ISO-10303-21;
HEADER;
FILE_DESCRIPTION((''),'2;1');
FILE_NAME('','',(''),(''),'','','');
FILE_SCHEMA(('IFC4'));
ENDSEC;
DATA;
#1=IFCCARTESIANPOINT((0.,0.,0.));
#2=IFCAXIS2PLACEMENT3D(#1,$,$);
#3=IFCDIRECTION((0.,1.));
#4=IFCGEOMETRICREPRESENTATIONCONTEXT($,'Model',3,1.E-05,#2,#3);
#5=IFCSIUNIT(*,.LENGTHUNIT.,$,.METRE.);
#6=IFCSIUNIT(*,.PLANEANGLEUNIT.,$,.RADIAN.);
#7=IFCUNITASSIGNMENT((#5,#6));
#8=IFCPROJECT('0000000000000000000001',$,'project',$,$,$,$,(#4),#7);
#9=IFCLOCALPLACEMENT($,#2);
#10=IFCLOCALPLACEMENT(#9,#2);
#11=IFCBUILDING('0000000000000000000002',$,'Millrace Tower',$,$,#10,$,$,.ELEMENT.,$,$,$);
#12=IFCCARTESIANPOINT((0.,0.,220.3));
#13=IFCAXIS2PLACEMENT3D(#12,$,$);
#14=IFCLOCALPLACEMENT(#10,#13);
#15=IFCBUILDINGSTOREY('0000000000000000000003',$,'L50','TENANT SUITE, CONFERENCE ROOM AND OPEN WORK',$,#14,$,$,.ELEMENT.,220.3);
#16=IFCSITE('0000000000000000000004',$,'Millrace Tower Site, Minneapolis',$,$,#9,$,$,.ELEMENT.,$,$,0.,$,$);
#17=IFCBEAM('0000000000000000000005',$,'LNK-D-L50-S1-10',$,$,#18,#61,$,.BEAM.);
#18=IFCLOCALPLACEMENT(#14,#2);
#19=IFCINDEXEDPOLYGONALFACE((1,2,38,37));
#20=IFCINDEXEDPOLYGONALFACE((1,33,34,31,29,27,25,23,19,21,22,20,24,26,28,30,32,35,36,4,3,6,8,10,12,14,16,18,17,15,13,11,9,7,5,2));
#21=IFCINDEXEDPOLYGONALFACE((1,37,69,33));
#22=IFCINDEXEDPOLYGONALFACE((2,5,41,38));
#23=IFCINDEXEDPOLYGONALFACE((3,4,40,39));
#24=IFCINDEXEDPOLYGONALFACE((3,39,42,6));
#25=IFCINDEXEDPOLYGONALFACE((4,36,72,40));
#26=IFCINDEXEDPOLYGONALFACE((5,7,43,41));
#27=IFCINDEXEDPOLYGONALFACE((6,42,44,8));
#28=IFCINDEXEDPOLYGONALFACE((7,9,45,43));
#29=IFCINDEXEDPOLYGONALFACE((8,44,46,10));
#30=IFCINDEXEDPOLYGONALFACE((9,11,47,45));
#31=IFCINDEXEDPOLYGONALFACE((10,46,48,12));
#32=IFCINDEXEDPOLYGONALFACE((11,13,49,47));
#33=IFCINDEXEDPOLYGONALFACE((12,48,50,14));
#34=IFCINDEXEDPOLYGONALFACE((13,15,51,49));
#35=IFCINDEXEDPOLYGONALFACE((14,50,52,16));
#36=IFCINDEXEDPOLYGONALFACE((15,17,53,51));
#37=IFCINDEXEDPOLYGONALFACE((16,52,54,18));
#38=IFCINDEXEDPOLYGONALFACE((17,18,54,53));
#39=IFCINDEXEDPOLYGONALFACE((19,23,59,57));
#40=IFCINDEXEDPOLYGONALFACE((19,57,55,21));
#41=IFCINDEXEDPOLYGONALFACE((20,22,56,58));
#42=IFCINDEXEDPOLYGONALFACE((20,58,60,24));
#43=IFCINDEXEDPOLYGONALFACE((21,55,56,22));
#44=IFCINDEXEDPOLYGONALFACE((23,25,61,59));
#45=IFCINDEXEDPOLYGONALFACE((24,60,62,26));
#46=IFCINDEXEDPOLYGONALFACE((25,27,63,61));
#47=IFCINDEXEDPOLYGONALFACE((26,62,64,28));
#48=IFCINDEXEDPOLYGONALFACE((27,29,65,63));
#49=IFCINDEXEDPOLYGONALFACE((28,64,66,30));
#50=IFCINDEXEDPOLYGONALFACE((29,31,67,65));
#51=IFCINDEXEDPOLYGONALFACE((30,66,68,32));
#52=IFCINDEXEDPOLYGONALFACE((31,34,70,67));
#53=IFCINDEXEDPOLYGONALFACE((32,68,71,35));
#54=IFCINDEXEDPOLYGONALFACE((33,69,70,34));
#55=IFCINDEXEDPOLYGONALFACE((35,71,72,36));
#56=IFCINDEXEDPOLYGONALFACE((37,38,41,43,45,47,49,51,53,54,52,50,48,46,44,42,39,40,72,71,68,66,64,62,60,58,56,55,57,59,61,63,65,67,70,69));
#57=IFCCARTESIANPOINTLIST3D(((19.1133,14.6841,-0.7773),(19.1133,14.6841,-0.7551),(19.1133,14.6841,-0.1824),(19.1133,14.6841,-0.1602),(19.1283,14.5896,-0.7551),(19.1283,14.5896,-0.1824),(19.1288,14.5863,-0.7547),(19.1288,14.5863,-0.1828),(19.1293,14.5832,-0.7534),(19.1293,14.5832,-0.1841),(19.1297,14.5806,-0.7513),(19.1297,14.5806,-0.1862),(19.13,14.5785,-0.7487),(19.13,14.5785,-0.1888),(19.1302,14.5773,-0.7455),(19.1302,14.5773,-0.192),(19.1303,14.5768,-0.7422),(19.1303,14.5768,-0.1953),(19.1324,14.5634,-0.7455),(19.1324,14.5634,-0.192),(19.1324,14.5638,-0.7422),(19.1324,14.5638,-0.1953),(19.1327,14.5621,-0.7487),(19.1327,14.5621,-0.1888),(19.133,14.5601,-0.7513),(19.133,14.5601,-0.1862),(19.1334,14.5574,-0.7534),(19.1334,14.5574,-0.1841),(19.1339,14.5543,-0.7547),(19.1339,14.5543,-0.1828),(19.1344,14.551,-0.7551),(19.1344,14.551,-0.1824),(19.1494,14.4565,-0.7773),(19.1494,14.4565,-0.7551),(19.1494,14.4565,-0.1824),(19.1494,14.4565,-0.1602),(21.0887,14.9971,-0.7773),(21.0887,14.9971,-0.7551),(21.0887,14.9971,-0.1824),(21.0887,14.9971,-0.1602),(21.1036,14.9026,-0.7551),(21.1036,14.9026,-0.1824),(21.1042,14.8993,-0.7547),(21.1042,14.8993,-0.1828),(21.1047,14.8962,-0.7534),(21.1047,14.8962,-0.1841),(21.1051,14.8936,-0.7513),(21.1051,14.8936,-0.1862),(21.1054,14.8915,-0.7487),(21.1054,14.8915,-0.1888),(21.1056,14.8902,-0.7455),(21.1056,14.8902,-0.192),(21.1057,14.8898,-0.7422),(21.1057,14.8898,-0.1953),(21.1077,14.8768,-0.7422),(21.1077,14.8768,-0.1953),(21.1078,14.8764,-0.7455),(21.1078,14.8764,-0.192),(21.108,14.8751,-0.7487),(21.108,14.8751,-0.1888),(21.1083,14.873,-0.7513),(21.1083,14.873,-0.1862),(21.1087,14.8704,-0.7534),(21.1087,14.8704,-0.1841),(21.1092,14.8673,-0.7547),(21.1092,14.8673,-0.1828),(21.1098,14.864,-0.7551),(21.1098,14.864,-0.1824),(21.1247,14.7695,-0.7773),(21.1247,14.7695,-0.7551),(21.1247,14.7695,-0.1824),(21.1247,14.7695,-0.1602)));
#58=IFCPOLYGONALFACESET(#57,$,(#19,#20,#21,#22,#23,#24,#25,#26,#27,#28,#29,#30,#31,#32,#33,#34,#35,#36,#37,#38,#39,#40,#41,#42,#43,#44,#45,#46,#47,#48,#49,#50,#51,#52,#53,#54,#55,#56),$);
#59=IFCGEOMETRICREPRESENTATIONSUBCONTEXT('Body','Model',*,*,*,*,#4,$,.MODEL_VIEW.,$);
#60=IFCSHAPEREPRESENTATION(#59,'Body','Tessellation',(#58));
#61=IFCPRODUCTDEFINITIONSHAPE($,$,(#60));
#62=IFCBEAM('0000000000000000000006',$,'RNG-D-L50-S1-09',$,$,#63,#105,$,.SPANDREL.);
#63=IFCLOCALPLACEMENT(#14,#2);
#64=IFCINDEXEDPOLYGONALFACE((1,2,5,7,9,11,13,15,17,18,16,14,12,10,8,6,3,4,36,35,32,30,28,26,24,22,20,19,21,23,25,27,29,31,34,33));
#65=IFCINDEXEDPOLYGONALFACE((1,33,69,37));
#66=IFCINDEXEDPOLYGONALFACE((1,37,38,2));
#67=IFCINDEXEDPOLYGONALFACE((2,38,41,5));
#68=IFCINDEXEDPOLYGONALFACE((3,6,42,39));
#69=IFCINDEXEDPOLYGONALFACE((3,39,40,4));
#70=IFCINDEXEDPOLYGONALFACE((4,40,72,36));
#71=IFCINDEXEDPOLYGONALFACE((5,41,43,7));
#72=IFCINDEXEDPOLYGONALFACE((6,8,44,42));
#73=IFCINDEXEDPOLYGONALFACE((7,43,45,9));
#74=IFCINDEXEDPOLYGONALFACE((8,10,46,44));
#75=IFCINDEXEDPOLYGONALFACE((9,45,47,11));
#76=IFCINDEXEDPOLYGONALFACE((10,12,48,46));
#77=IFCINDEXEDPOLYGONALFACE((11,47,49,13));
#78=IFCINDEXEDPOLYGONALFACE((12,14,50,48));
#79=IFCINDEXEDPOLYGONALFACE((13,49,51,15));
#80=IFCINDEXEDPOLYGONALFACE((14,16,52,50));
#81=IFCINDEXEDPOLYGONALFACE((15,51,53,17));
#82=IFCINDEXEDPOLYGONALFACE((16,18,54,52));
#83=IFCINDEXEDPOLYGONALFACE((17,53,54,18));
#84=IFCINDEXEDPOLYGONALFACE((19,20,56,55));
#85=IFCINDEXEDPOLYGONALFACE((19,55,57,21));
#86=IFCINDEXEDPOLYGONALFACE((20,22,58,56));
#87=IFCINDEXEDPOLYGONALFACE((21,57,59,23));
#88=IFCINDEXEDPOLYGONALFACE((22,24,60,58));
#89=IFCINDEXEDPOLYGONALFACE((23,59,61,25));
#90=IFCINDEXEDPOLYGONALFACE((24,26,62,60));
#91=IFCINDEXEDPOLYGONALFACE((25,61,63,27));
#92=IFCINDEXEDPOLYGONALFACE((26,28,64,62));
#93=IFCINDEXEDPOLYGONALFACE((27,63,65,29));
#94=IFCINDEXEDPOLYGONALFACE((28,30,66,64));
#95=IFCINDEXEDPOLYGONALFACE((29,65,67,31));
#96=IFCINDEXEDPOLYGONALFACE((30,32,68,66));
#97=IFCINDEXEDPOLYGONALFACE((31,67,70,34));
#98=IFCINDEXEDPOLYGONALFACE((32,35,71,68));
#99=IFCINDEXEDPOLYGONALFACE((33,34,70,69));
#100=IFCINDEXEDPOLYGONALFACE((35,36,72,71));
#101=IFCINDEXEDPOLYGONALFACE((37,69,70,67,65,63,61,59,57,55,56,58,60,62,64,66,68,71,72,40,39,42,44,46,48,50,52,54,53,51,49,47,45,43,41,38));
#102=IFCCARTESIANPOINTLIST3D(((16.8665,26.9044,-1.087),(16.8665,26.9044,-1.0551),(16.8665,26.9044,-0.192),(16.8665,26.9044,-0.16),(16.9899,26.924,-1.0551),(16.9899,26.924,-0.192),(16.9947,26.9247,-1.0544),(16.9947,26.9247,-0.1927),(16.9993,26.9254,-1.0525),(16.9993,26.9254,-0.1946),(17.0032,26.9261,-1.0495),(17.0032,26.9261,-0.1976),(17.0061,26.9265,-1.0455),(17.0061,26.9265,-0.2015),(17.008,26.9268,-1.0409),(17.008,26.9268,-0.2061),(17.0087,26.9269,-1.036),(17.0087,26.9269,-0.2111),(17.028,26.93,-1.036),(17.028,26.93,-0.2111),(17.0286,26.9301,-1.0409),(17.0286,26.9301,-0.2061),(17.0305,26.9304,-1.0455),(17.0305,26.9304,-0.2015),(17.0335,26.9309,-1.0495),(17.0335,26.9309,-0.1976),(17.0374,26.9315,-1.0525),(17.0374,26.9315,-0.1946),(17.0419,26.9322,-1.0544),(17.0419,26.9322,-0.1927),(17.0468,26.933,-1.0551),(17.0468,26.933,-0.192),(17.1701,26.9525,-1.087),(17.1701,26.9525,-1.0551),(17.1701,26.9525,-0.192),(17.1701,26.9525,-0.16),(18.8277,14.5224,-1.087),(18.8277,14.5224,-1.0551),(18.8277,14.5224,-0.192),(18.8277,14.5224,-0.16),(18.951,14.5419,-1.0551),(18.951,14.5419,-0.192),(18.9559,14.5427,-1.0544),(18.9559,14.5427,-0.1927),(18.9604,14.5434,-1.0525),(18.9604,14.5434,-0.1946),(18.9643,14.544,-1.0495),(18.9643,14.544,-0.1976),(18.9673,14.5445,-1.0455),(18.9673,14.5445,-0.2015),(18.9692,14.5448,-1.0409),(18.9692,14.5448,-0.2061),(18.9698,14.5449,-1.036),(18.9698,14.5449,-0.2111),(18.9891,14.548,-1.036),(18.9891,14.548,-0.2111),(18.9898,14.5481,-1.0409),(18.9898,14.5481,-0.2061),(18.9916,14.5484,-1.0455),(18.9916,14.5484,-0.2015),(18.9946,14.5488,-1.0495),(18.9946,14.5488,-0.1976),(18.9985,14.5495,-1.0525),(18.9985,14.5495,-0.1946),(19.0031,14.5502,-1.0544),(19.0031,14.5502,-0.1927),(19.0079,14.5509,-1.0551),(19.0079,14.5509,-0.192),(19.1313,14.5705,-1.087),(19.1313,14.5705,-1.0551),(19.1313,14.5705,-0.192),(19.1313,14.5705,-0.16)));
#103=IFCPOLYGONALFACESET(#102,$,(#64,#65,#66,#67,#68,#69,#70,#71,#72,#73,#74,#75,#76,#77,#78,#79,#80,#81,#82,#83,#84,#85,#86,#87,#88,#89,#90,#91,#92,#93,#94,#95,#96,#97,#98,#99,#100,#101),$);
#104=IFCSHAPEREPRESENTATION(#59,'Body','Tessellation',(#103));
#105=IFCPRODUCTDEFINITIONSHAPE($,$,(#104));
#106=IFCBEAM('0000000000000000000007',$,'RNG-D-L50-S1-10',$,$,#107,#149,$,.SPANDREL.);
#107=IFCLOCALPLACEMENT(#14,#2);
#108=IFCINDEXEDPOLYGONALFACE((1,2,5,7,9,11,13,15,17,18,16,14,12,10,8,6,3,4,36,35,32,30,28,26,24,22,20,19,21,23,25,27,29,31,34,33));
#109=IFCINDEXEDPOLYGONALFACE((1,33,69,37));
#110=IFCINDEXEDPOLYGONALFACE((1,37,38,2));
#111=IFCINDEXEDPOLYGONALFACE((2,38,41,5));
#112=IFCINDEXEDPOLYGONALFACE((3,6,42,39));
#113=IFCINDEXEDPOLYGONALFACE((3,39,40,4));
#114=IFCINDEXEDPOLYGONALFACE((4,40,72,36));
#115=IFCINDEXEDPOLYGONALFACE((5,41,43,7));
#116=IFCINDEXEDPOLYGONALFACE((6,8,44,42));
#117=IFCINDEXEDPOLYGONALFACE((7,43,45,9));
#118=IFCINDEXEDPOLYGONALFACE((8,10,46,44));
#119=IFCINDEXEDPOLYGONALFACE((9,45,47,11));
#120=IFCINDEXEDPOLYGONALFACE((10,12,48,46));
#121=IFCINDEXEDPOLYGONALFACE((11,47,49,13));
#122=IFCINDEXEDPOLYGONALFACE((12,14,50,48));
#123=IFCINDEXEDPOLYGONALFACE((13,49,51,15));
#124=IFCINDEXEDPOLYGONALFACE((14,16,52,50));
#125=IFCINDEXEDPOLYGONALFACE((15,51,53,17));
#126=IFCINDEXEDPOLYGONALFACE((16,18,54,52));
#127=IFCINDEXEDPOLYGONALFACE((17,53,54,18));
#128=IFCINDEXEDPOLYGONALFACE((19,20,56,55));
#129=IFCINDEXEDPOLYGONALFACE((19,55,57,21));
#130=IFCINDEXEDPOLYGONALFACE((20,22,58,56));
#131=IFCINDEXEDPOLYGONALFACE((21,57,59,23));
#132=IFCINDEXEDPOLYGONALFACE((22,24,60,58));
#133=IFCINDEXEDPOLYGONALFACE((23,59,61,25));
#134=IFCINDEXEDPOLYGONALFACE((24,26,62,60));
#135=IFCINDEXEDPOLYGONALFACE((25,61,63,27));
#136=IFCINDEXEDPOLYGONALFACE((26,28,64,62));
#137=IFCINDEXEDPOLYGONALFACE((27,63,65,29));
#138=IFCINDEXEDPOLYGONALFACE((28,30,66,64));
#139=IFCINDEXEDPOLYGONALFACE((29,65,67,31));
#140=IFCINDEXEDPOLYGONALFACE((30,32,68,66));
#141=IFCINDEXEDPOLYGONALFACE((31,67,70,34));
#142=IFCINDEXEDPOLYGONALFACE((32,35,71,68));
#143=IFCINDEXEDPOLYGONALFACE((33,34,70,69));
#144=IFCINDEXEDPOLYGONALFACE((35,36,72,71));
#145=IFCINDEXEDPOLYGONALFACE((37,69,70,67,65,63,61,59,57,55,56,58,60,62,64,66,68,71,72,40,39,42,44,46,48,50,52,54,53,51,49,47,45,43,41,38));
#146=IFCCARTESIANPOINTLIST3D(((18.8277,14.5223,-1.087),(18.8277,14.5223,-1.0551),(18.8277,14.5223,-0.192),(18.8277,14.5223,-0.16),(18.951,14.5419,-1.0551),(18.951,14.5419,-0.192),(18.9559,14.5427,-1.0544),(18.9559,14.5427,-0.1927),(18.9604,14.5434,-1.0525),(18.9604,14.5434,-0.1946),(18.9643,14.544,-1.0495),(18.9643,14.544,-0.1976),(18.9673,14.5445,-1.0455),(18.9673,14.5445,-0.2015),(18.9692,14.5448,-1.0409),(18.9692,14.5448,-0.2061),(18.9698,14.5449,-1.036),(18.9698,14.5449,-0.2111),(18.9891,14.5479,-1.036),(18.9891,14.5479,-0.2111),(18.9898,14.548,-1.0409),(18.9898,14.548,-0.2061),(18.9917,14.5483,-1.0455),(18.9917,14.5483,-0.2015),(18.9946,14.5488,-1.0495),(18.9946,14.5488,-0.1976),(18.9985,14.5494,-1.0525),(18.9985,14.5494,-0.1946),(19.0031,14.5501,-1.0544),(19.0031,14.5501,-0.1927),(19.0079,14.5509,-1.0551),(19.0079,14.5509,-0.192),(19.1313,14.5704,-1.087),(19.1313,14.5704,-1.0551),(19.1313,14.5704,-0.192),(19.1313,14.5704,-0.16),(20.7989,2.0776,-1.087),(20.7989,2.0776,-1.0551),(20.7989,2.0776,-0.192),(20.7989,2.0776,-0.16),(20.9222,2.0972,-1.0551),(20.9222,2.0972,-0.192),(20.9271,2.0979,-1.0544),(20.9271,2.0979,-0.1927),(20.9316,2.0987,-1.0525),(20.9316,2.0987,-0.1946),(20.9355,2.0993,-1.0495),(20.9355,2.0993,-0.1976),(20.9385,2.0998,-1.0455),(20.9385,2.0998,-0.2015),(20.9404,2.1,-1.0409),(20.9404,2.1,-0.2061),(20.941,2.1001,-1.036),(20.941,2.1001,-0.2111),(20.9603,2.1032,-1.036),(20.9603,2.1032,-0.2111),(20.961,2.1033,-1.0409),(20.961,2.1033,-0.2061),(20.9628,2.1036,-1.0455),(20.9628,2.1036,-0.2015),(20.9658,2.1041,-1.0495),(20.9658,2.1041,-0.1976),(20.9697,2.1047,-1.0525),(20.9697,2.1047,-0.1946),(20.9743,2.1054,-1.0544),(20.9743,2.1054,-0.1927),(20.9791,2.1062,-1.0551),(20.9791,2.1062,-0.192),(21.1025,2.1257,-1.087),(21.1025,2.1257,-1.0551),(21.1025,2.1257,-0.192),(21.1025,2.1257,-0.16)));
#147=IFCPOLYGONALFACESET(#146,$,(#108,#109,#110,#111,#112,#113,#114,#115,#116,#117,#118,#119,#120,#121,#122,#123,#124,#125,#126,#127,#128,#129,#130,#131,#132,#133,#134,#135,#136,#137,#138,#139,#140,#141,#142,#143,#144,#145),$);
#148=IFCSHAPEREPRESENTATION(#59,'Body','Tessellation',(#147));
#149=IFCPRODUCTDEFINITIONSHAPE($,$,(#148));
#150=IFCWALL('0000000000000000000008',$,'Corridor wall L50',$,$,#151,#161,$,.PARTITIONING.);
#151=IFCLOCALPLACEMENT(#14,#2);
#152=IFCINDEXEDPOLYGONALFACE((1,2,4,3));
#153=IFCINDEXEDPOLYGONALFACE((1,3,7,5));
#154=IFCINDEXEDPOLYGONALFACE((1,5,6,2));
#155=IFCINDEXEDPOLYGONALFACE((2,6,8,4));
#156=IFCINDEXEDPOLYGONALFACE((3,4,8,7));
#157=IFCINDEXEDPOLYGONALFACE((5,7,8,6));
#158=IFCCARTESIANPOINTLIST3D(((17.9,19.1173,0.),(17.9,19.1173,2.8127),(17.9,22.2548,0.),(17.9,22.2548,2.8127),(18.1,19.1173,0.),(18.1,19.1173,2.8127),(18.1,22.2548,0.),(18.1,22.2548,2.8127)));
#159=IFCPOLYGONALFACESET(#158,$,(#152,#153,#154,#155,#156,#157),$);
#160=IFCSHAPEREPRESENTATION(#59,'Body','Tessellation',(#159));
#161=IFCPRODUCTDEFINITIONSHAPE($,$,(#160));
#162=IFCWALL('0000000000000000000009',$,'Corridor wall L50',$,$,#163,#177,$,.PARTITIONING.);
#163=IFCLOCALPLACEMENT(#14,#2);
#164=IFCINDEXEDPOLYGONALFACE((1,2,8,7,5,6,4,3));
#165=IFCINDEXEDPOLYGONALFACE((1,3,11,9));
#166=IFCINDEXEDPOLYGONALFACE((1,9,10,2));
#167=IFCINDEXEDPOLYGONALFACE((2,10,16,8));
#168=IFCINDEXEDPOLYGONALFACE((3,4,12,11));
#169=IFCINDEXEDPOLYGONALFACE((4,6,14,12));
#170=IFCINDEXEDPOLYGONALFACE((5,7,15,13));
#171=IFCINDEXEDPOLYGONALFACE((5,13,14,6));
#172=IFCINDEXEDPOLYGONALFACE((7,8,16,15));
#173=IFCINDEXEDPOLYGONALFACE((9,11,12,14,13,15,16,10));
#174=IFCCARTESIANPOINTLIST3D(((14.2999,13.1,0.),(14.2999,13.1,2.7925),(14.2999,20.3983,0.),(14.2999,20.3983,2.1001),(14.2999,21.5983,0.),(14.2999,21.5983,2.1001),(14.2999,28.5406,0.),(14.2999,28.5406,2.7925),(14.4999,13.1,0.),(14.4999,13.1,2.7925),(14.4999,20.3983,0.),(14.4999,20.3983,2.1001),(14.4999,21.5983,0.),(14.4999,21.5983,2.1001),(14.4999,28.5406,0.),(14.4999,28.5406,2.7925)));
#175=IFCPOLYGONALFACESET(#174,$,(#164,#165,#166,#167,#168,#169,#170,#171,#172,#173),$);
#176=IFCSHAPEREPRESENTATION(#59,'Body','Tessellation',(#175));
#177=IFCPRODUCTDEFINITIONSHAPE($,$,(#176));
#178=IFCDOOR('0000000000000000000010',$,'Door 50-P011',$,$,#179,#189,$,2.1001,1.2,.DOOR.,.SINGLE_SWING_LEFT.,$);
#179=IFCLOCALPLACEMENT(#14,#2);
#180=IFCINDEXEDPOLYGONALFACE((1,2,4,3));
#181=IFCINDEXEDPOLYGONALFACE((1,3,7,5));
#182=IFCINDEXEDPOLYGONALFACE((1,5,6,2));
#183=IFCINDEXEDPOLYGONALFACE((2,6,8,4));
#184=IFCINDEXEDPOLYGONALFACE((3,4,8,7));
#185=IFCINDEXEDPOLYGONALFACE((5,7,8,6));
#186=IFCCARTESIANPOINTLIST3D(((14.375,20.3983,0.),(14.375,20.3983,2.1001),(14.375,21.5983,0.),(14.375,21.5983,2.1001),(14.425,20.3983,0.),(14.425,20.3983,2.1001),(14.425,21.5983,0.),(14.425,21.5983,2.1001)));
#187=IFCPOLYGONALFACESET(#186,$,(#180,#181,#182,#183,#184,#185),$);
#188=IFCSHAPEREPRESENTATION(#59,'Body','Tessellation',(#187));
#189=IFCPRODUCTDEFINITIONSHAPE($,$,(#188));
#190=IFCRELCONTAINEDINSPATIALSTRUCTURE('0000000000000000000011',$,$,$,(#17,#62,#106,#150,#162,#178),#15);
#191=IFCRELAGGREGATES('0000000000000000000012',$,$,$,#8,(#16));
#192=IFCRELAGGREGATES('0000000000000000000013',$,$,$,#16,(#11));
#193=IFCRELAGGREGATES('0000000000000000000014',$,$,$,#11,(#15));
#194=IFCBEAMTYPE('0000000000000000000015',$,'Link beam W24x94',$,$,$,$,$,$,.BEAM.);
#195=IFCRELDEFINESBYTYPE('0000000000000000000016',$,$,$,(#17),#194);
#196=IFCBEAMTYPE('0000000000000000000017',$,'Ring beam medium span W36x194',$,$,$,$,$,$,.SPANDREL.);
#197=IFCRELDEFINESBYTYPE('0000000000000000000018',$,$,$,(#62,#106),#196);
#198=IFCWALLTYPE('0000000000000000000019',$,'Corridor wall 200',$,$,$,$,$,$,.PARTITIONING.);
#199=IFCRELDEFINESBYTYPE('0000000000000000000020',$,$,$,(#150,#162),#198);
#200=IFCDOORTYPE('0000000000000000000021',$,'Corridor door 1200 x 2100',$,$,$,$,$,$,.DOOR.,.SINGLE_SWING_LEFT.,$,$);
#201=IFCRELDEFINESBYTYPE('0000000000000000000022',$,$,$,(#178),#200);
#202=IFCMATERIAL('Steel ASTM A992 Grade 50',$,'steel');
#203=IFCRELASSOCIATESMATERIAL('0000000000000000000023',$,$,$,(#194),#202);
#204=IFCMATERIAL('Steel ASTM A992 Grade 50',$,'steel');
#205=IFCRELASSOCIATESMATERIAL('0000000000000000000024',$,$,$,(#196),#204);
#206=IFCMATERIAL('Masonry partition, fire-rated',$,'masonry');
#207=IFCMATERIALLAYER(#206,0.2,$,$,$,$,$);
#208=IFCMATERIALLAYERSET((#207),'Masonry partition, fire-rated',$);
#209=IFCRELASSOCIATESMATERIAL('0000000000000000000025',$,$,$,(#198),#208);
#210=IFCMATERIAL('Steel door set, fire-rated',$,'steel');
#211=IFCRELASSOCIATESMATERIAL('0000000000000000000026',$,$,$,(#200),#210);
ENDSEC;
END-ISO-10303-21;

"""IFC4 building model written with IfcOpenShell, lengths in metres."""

from ifc_helpers import new_model, si_unit, direction, frame, frame_2d, origin, origin_2d, place, context, subcontext, project, spatial, rectangle, i_section, extrude, material, layer, layer_set, material_profile, profile_set, type_object, element, fill, save


model = new_model("IFC4")

# Units and contexts
model_context = context("Model", 3, precision=1e-05, world=origin(), true_north=direction((0.0, 1.0)))
body_context = subcontext(model_context, "Body", "Model", "MODEL_VIEW")
ifc_project = project(units=[si_unit("LENGTHUNIT", "METRE"), si_unit("PLANEANGLEUNIT", "RADIAN")], contexts=[model_context])

# Site, building, storey
site_placement = place(None, origin())
site = spatial("IfcSite", under=ifc_project, at=site_placement, Name="Millrace Tower Site, Minneapolis", CompositionType="ELEMENT", RefElevation=0.0)
building_placement = place(site_placement, origin())
building = spatial("IfcBuilding", under=site, at=building_placement, Name="Millrace Tower", CompositionType="ELEMENT")
storey_placement = place(building_placement, frame((0.0, 0.0, 220.3)))
storey = spatial("IfcBuildingStorey", under=building, at=storey_placement, Name="L50", Description="TENANT SUITE, CONFERENCE ROOM AND OPEN WORK", CompositionType="ELEMENT", Elevation=220.3)

# Beams
ifc_material_1 = material(Name="Steel ASTM A992 Grade 50", Category="steel")
ifc_material_profile_1 = material_profile(ifc_material_1, i_section(OverallWidth=0.2305, OverallDepth=0.6172, WebThickness=0.0132, FlangeThickness=0.0222, FilletRadius=0.0129, at=origin_2d()))
ifc_profile_set_1 = profile_set([ifc_material_profile_1], Name="Steel ASTM A992 Grade 50")
beam_type_1 = type_object("IfcBeamType", Name="Link beam W24x94", PredefinedType="BEAM", material=ifc_profile_set_1)
beam_1_placement = place(storey_placement, frame((19.1313, 14.5703, -0.4688), z_axis=(0.987679, 0.156495, 0.0), x_axis=(-0.156495, 0.987679, 0.0)))
element("IfcBeam", 1, at=beam_1_placement, inside=storey, type_object=beam_type_1, Name="LNK-D-L50-S1-10", PredefinedType="BEAM", context=body_context, shape_type="SweptSolid", body=[
    extrude(i_section(OverallWidth=0.2305, OverallDepth=0.6172, WebThickness=0.0132, FlangeThickness=0.0222, FilletRadius=0.0129, at=origin_2d()), origin(), (0.0, 0.0, 1.0), 2.0),
])
ifc_material_2 = material(Name="Steel ASTM A992 Grade 50", Category="steel")
ifc_material_profile_2 = material_profile(ifc_material_2, i_section(OverallWidth=0.3074, OverallDepth=0.927, WebThickness=0.0195, FlangeThickness=0.032, FilletRadius=0.019, at=origin_2d()))
ifc_profile_set_2 = profile_set([ifc_material_profile_2], Name="Steel ASTM A992 Grade 50")
beam_type_2 = type_object("IfcBeamType", Name="Ring beam medium span W36x194", PredefinedType="SPANDREL", material=ifc_profile_set_2)
beam_2_placement = place(storey_placement, frame((17.0183, 26.9285, -0.6235), z_axis=(0.156439, -0.987688, 0.0), x_axis=(0.987688, 0.156439, 0.0)))
element("IfcBeam", 2, at=beam_2_placement, inside=storey, type_object=beam_type_2, Name="RNG-D-L50-S1-09", PredefinedType="SPANDREL", context=body_context, shape_type="SweptSolid", body=[
    extrude(i_section(OverallWidth=0.3074, OverallDepth=0.927, WebThickness=0.0195, FlangeThickness=0.032, FilletRadius=0.019, at=origin_2d()), origin(), (0.0, 0.0, 1.0), 12.5364),
])
beam_3_placement = place(storey_placement, frame((18.9795, 14.5464, -0.6235), z_axis=(0.156444, -0.987687, 0.0), x_axis=(0.987687, 0.156444, 0.0)))
element("IfcBeam", 3, at=beam_3_placement, inside=storey, type_object=beam_type_2, Name="RNG-D-L50-S1-10", PredefinedType="SPANDREL", context=body_context, shape_type="SweptSolid", body=[
    extrude(i_section(OverallWidth=0.3074, OverallDepth=0.927, WebThickness=0.0195, FlangeThickness=0.032, FilletRadius=0.019, at=origin_2d()), origin(), (0.0, 0.0, 1.0), 12.5999),
])

# Wall
ifc_material_3 = material(Name="Masonry partition, fire-rated", Category="masonry")
ifc_layer_1 = layer(ifc_material_3, 0.2)
ifc_layer_set_1 = layer_set([ifc_layer_1], Name="Masonry partition, fire-rated")
wall_type_1 = type_object("IfcWallType", Name="Corridor wall 200", PredefinedType="PARTITIONING", material=ifc_layer_set_1)
wall_1_placement = place(storey_placement, frame((18.0, 19.1172, 0.0), z_axis=(0.0, 0.0, 1.0), x_axis=(0.0, 1.0, 0.0)))
element("IfcWall", 4, at=wall_1_placement, inside=storey, type_object=wall_type_1, Name="Corridor wall L50", PredefinedType="PARTITIONING", context=body_context, shape_type="SweptSolid", body=[
    extrude(rectangle(XDim=3.1375, YDim=0.2, at=frame_2d((1.5688, 0.0))), origin(), (0.0, 0.0, 1.0), 2.8127),
])

# Wall, opening, door
wall_2_placement = place(storey_placement, frame((14.3999, 13.1001, 0.0), z_axis=(0.0, 0.0, 1.0), x_axis=(0.0, 1.0, 0.0)))
wall_2 = element("IfcWall", 5, at=wall_2_placement, inside=storey, type_object=wall_type_1, Name="Corridor wall L50", PredefinedType="PARTITIONING", context=body_context, shape_type="SweptSolid", body=[
    extrude(rectangle(XDim=15.4407, YDim=0.2, at=frame_2d((7.7202, 0.0))), origin(), (0.0, 0.0, 1.0), 2.7925),
])
opening_placement = place(wall_2_placement, frame((7.2981, 0.0, 0.0)))
opening = element("IfcOpeningElement", 6, at=opening_placement, cuts=wall_2, PredefinedType="OPENING", context=body_context, shape_type="SweptSolid", body=[
    extrude(rectangle(XDim=1.2, YDim=2.1001, at=frame_2d((0.6001, 1.05))), frame((0.0, 0.1099, 0.0), z_axis=(0.0, -1.0, 0.0), x_axis=(1.0, 0.0, 0.0)), (0.0, 0.0, 1.0), 0.22),
])
ifc_material_4 = material(Name="Steel door set, fire-rated", Category="steel")
door_type = type_object("IfcDoorType", Name="Corridor door 1200 x 2100", OperationType="SINGLE_SWING_LEFT", PredefinedType="DOOR", material=ifc_material_4)
door_placement = place(opening_placement, origin())
door = element("IfcDoor", 7, at=door_placement, inside=storey, type_object=door_type, Name="Door 50-P011", OperationType="SINGLE_SWING_LEFT", OverallHeight=2.1001, OverallWidth=1.2, PredefinedType="DOOR", context=body_context, shape_type="SweptSolid", body=[
    extrude(rectangle(XDim=1.2, YDim=2.1001, at=frame_2d((0.6001, 1.05))), frame((0.0, 0.0249, 0.0), z_axis=(0.0, -1.0, 0.0), x_axis=(1.0, 0.0, 0.0)), (0.0, 0.0, 1.0), 0.05),
])
fill(opening, door)

save(model, "model.ifc")
